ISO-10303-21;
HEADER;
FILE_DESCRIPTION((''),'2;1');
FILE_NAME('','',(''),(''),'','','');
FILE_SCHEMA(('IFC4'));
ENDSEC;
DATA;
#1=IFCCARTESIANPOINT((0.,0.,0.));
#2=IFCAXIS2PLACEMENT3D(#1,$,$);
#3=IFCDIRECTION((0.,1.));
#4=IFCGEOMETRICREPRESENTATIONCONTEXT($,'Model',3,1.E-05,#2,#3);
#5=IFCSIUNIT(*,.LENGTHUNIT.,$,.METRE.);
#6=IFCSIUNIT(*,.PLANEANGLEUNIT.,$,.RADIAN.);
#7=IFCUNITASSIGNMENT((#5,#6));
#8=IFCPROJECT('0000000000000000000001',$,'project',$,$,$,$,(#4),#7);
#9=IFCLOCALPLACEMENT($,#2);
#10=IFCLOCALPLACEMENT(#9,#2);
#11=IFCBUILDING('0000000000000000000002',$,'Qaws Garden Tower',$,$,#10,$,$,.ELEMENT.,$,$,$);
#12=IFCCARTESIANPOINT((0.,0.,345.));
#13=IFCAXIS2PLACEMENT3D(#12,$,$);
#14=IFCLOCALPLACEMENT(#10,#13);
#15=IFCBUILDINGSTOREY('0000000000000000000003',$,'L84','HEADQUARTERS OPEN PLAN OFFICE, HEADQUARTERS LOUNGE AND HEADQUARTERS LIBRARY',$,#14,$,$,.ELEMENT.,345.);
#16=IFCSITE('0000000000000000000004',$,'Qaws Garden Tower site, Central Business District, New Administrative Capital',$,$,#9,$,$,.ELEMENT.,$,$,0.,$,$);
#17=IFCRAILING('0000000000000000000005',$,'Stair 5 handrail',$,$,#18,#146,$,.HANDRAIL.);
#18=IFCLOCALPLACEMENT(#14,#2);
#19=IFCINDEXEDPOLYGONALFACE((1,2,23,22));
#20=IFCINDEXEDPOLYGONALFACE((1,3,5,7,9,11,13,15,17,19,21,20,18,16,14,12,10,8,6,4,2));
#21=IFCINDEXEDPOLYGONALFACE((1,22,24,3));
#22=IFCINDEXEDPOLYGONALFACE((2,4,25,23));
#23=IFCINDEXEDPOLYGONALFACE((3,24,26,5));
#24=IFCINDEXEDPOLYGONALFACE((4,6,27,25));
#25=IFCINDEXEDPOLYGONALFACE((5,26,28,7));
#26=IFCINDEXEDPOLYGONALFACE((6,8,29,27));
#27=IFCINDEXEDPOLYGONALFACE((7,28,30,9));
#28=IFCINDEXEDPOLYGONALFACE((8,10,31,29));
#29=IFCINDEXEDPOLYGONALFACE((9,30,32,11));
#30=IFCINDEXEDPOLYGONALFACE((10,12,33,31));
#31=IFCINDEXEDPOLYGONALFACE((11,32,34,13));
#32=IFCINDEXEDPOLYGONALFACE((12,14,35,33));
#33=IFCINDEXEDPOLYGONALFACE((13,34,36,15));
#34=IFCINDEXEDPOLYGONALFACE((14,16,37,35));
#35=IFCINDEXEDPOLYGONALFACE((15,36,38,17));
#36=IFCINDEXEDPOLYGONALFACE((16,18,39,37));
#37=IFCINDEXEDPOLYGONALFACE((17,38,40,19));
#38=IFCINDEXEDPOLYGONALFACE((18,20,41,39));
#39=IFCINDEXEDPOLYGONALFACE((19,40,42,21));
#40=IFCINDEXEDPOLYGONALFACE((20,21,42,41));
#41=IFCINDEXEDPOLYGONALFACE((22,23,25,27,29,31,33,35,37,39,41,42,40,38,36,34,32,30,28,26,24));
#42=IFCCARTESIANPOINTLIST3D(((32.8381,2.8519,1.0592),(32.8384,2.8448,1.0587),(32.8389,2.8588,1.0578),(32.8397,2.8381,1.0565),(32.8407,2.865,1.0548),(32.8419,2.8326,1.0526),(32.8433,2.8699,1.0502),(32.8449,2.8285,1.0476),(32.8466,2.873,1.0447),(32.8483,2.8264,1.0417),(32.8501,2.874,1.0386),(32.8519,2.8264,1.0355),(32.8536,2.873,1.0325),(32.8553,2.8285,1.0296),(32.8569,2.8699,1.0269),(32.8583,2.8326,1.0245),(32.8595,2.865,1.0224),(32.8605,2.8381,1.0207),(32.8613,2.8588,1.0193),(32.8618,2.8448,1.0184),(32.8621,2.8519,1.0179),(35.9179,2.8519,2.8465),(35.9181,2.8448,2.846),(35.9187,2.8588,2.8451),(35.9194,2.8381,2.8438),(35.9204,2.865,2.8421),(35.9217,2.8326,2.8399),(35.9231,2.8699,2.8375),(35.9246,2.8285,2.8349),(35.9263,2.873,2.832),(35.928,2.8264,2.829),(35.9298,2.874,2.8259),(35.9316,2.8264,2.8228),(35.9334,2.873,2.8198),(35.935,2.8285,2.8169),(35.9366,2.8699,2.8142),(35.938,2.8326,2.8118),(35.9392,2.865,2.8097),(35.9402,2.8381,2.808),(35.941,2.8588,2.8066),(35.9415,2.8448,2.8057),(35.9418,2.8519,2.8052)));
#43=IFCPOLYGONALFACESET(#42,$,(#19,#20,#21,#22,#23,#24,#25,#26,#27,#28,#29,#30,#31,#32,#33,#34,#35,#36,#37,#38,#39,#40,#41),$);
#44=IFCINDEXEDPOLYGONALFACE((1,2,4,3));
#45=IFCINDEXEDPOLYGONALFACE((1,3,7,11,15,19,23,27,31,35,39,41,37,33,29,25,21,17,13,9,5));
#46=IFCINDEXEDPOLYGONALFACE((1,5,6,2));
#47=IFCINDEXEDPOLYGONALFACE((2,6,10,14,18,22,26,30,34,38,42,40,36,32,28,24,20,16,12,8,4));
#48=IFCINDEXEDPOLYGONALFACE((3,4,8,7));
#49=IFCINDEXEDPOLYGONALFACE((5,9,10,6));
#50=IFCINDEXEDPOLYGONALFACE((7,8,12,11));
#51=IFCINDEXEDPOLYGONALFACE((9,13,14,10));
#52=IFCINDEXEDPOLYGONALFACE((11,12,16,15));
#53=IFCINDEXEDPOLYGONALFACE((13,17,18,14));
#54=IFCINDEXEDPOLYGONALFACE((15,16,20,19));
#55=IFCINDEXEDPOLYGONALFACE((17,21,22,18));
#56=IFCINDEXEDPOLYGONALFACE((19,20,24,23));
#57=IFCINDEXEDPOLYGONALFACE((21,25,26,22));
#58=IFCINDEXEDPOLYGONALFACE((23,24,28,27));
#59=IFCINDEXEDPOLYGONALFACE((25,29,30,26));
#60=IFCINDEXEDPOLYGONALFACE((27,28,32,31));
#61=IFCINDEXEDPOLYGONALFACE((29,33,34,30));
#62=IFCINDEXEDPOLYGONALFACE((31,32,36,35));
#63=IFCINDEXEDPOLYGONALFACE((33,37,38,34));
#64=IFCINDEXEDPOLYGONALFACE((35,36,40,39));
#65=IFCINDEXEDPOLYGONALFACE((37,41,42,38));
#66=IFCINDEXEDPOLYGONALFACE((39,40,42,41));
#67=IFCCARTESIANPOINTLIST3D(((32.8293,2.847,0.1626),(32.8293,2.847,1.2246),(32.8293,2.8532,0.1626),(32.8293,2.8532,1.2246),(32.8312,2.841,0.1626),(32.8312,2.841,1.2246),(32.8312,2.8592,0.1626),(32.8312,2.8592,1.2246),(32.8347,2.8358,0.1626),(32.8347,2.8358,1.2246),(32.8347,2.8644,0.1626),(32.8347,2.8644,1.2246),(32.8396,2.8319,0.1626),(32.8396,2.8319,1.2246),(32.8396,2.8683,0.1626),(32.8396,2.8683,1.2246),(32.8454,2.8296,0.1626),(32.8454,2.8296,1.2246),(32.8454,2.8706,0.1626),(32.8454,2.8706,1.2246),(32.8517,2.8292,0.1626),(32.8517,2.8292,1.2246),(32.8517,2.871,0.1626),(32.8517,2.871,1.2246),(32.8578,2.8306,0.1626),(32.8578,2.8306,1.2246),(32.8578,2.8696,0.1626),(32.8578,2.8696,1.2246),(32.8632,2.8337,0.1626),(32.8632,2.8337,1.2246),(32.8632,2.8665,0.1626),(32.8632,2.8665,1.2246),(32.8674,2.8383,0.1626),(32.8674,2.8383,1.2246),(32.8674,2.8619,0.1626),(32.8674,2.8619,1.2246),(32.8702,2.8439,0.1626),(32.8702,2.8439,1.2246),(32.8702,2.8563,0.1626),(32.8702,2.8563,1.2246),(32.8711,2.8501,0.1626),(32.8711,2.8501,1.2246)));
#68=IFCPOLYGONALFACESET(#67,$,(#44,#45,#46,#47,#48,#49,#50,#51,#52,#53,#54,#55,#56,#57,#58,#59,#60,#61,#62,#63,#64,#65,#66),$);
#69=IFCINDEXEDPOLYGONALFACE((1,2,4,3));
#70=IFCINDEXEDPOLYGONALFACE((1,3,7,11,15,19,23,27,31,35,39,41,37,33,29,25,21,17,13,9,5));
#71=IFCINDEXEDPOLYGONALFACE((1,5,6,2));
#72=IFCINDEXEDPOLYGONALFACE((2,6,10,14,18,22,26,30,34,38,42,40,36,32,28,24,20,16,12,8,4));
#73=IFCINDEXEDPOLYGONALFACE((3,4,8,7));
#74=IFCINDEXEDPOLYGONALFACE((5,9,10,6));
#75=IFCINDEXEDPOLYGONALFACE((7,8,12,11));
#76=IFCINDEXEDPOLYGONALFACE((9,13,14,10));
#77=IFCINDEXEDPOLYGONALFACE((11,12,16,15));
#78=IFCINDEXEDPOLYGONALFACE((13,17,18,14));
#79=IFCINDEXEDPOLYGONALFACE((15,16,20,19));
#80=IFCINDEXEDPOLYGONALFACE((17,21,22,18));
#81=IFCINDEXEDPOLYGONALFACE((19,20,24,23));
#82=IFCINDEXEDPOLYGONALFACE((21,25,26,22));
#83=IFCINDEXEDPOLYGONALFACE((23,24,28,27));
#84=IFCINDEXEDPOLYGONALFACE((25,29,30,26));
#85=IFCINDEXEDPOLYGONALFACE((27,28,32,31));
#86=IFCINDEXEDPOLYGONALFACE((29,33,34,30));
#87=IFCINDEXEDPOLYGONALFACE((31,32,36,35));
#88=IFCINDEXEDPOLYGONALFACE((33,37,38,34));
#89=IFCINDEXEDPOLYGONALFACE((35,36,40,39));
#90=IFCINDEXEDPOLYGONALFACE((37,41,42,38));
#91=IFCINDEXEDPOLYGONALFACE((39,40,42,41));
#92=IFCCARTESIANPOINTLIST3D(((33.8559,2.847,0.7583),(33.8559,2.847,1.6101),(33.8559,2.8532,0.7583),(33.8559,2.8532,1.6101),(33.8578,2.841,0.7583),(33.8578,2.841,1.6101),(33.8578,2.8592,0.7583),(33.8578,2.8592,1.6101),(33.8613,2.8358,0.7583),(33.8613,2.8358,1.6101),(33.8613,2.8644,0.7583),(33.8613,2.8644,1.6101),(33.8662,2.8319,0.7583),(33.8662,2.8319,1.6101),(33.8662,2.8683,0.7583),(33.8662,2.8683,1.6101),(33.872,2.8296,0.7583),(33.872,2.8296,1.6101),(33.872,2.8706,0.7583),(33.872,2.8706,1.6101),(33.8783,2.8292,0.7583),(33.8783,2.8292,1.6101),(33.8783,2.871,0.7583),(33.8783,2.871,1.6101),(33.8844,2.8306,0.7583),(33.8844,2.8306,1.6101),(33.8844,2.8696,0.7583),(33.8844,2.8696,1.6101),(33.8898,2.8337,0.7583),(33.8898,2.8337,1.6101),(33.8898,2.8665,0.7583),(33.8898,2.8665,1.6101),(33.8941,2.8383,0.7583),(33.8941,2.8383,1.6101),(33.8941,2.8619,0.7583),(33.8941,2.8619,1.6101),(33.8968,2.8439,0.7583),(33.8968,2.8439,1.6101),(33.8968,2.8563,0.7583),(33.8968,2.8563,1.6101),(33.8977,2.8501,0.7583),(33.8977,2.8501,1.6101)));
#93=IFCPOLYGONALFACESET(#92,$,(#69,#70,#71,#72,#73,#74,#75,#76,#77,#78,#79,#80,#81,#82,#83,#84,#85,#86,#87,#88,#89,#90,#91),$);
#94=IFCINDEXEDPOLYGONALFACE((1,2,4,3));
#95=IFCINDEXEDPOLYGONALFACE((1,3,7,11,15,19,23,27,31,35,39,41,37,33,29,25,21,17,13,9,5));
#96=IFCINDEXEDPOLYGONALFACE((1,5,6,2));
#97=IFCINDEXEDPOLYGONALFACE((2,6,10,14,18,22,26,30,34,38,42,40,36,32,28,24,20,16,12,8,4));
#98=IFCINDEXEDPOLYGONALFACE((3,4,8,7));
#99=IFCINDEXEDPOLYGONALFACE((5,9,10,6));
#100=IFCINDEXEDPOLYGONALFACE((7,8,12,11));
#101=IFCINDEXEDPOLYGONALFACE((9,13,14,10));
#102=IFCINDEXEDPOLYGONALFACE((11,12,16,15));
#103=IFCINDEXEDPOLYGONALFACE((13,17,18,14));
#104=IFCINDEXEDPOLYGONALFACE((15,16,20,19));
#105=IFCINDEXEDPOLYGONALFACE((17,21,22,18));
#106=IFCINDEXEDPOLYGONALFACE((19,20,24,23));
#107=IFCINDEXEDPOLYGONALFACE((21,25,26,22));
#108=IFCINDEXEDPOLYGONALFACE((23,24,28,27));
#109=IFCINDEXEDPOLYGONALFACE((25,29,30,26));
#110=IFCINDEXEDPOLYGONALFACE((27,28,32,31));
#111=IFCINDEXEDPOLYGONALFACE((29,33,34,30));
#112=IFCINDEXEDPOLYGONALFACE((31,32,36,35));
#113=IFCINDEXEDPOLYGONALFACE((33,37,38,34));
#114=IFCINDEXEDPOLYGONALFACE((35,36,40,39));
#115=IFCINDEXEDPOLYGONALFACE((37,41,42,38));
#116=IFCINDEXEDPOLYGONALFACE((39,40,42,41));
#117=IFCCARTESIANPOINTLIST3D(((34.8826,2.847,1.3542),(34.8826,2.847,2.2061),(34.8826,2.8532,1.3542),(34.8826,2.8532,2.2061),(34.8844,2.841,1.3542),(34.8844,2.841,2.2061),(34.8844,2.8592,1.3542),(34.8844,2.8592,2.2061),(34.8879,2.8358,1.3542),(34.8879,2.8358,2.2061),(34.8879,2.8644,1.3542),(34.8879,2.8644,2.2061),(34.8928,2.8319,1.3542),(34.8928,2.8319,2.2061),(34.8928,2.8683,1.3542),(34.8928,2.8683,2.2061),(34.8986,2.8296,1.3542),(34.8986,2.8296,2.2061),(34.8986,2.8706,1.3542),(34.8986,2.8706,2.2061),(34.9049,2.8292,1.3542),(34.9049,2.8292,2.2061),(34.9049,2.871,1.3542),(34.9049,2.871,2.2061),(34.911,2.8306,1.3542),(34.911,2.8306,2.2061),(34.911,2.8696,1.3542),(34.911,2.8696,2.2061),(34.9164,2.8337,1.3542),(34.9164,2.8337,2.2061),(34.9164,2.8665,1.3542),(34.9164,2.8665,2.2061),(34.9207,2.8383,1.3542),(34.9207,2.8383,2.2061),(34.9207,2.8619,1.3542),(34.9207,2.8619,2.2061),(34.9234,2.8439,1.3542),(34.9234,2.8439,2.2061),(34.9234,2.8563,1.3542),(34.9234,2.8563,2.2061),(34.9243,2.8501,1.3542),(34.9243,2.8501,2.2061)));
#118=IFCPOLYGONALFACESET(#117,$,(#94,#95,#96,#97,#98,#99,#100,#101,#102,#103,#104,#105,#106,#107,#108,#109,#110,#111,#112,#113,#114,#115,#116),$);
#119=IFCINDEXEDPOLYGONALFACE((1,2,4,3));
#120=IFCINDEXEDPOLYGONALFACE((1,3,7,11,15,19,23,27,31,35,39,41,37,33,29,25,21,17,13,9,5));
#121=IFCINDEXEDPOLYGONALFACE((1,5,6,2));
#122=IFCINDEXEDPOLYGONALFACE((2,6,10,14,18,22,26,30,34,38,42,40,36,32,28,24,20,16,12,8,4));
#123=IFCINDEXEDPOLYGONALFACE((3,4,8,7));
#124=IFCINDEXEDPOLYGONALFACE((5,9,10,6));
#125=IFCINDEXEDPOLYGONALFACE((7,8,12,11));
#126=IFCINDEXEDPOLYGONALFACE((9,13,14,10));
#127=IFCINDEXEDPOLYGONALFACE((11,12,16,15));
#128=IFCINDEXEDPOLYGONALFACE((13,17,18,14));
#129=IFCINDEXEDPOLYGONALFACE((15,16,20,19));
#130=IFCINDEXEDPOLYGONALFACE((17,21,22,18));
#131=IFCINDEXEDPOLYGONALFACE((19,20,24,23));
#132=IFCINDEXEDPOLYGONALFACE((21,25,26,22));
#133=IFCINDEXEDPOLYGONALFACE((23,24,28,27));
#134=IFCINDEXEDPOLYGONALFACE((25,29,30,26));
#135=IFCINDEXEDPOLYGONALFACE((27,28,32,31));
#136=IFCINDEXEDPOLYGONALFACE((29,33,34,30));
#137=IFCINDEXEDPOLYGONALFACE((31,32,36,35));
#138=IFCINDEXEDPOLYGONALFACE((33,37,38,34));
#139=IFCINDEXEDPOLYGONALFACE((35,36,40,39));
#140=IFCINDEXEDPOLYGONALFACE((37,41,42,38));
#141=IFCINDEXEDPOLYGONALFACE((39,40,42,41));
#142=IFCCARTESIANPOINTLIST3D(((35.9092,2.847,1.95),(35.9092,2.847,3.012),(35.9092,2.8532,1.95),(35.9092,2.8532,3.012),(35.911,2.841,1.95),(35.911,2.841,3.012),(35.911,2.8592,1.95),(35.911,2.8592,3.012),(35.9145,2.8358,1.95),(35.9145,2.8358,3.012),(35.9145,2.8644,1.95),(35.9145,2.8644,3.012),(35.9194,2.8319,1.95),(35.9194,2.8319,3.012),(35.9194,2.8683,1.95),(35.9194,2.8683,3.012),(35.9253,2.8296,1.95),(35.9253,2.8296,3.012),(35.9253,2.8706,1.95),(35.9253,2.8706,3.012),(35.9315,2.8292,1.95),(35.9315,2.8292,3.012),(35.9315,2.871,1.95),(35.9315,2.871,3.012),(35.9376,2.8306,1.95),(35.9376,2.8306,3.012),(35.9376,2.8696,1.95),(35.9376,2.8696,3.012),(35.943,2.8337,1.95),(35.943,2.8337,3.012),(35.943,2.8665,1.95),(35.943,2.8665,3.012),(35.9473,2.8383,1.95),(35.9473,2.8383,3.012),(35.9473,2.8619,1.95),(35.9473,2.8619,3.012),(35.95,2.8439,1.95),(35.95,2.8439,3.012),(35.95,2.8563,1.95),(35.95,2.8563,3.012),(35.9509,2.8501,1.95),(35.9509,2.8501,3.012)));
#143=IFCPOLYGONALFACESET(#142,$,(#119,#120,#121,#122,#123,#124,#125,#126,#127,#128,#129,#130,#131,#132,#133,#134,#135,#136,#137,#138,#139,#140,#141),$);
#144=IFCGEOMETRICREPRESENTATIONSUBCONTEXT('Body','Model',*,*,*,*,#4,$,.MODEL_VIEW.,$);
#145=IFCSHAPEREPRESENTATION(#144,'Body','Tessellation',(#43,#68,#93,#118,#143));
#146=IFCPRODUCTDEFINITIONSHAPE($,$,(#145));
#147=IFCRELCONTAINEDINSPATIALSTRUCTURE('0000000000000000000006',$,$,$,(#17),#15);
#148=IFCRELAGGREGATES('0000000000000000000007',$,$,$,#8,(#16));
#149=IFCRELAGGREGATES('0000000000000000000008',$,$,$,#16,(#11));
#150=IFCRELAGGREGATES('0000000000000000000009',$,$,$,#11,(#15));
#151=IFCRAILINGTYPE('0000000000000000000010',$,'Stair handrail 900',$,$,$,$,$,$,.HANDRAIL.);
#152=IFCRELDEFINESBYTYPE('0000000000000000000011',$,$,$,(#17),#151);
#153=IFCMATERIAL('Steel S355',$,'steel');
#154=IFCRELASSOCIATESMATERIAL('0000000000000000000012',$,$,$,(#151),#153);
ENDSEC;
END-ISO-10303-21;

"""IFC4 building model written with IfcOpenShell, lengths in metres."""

from ifc_helpers import new_model, si_unit, direction, frame, origin, origin_2d, place, context, subcontext, project, spatial, circle, extrude, material, type_object, element, save


model = new_model("IFC4")

# Units and contexts
model_context = context("Model", 3, precision=1e-05, world=origin(), true_north=direction((0.0, 1.0)))
body_context = subcontext(model_context, "Body", "Model", "MODEL_VIEW")
ifc_project = project(units=[si_unit("LENGTHUNIT", "METRE"), si_unit("PLANEANGLEUNIT", "RADIAN")], contexts=[model_context])

# Site, building, storey
site_placement = place(None, origin())
site = spatial("IfcSite", under=ifc_project, at=site_placement, Name="Qaws Garden Tower site, Central Business District, New Administrative Capital", CompositionType="ELEMENT", RefElevation=0.0)
building_placement = place(site_placement, origin())
building = spatial("IfcBuilding", under=site, at=building_placement, Name="Qaws Garden Tower", CompositionType="ELEMENT")
storey_placement = place(building_placement, frame((0.0, 0.0, 345.0)))
storey = spatial("IfcBuildingStorey", under=building, at=storey_placement, Name="L84", Description="HEADQUARTERS OPEN PLAN OFFICE, HEADQUARTERS LOUNGE AND HEADQUARTERS LIBRARY", CompositionType="ELEMENT", Elevation=345.0)

# Railing
ifc_material_1 = material(Name="Steel S355", Category="steel")
railing_type = type_object("IfcRailingType", Name="Stair handrail 900", PredefinedType="HANDRAIL", material=ifc_material_1)
railing_1_placement = place(storey_placement, frame((32.8501, 2.8501, 0.1626)))
element("IfcRailing", 1, at=railing_1_placement, inside=storey, type_object=railing_type, Name="Stair 5 handrail", PredefinedType="HANDRAIL", context=body_context, shape_type="SweptSolid", body=[
    extrude(circle(Radius=0.0239, at=origin_2d()), frame((0.0, 0.0, 0.876), z_axis=(0.864903, 0.0, 0.501939), x_axis=(0.0, 1.0, 0.0)), (0.0, 0.0, 1.0), 3.5608),
    extrude(circle(Radius=0.021, at=origin_2d()), origin(), (0.0, 0.0, 1.0), 1.062),
    extrude(circle(Radius=0.021, at=origin_2d()), frame((1.0266, 0.0, 0.5957)), (0.0, 0.0, 1.0), 0.8518),
    extrude(circle(Radius=0.021, at=origin_2d()), frame((2.0532, 0.0, 1.1917)), (0.0, 0.0, 1.0), 0.8518),
    extrude(circle(Radius=0.021, at=origin_2d()), frame((3.0798, 0.0, 1.7874)), (0.0, 0.0, 1.0), 1.062),
])

save(model, "model.ifc")
